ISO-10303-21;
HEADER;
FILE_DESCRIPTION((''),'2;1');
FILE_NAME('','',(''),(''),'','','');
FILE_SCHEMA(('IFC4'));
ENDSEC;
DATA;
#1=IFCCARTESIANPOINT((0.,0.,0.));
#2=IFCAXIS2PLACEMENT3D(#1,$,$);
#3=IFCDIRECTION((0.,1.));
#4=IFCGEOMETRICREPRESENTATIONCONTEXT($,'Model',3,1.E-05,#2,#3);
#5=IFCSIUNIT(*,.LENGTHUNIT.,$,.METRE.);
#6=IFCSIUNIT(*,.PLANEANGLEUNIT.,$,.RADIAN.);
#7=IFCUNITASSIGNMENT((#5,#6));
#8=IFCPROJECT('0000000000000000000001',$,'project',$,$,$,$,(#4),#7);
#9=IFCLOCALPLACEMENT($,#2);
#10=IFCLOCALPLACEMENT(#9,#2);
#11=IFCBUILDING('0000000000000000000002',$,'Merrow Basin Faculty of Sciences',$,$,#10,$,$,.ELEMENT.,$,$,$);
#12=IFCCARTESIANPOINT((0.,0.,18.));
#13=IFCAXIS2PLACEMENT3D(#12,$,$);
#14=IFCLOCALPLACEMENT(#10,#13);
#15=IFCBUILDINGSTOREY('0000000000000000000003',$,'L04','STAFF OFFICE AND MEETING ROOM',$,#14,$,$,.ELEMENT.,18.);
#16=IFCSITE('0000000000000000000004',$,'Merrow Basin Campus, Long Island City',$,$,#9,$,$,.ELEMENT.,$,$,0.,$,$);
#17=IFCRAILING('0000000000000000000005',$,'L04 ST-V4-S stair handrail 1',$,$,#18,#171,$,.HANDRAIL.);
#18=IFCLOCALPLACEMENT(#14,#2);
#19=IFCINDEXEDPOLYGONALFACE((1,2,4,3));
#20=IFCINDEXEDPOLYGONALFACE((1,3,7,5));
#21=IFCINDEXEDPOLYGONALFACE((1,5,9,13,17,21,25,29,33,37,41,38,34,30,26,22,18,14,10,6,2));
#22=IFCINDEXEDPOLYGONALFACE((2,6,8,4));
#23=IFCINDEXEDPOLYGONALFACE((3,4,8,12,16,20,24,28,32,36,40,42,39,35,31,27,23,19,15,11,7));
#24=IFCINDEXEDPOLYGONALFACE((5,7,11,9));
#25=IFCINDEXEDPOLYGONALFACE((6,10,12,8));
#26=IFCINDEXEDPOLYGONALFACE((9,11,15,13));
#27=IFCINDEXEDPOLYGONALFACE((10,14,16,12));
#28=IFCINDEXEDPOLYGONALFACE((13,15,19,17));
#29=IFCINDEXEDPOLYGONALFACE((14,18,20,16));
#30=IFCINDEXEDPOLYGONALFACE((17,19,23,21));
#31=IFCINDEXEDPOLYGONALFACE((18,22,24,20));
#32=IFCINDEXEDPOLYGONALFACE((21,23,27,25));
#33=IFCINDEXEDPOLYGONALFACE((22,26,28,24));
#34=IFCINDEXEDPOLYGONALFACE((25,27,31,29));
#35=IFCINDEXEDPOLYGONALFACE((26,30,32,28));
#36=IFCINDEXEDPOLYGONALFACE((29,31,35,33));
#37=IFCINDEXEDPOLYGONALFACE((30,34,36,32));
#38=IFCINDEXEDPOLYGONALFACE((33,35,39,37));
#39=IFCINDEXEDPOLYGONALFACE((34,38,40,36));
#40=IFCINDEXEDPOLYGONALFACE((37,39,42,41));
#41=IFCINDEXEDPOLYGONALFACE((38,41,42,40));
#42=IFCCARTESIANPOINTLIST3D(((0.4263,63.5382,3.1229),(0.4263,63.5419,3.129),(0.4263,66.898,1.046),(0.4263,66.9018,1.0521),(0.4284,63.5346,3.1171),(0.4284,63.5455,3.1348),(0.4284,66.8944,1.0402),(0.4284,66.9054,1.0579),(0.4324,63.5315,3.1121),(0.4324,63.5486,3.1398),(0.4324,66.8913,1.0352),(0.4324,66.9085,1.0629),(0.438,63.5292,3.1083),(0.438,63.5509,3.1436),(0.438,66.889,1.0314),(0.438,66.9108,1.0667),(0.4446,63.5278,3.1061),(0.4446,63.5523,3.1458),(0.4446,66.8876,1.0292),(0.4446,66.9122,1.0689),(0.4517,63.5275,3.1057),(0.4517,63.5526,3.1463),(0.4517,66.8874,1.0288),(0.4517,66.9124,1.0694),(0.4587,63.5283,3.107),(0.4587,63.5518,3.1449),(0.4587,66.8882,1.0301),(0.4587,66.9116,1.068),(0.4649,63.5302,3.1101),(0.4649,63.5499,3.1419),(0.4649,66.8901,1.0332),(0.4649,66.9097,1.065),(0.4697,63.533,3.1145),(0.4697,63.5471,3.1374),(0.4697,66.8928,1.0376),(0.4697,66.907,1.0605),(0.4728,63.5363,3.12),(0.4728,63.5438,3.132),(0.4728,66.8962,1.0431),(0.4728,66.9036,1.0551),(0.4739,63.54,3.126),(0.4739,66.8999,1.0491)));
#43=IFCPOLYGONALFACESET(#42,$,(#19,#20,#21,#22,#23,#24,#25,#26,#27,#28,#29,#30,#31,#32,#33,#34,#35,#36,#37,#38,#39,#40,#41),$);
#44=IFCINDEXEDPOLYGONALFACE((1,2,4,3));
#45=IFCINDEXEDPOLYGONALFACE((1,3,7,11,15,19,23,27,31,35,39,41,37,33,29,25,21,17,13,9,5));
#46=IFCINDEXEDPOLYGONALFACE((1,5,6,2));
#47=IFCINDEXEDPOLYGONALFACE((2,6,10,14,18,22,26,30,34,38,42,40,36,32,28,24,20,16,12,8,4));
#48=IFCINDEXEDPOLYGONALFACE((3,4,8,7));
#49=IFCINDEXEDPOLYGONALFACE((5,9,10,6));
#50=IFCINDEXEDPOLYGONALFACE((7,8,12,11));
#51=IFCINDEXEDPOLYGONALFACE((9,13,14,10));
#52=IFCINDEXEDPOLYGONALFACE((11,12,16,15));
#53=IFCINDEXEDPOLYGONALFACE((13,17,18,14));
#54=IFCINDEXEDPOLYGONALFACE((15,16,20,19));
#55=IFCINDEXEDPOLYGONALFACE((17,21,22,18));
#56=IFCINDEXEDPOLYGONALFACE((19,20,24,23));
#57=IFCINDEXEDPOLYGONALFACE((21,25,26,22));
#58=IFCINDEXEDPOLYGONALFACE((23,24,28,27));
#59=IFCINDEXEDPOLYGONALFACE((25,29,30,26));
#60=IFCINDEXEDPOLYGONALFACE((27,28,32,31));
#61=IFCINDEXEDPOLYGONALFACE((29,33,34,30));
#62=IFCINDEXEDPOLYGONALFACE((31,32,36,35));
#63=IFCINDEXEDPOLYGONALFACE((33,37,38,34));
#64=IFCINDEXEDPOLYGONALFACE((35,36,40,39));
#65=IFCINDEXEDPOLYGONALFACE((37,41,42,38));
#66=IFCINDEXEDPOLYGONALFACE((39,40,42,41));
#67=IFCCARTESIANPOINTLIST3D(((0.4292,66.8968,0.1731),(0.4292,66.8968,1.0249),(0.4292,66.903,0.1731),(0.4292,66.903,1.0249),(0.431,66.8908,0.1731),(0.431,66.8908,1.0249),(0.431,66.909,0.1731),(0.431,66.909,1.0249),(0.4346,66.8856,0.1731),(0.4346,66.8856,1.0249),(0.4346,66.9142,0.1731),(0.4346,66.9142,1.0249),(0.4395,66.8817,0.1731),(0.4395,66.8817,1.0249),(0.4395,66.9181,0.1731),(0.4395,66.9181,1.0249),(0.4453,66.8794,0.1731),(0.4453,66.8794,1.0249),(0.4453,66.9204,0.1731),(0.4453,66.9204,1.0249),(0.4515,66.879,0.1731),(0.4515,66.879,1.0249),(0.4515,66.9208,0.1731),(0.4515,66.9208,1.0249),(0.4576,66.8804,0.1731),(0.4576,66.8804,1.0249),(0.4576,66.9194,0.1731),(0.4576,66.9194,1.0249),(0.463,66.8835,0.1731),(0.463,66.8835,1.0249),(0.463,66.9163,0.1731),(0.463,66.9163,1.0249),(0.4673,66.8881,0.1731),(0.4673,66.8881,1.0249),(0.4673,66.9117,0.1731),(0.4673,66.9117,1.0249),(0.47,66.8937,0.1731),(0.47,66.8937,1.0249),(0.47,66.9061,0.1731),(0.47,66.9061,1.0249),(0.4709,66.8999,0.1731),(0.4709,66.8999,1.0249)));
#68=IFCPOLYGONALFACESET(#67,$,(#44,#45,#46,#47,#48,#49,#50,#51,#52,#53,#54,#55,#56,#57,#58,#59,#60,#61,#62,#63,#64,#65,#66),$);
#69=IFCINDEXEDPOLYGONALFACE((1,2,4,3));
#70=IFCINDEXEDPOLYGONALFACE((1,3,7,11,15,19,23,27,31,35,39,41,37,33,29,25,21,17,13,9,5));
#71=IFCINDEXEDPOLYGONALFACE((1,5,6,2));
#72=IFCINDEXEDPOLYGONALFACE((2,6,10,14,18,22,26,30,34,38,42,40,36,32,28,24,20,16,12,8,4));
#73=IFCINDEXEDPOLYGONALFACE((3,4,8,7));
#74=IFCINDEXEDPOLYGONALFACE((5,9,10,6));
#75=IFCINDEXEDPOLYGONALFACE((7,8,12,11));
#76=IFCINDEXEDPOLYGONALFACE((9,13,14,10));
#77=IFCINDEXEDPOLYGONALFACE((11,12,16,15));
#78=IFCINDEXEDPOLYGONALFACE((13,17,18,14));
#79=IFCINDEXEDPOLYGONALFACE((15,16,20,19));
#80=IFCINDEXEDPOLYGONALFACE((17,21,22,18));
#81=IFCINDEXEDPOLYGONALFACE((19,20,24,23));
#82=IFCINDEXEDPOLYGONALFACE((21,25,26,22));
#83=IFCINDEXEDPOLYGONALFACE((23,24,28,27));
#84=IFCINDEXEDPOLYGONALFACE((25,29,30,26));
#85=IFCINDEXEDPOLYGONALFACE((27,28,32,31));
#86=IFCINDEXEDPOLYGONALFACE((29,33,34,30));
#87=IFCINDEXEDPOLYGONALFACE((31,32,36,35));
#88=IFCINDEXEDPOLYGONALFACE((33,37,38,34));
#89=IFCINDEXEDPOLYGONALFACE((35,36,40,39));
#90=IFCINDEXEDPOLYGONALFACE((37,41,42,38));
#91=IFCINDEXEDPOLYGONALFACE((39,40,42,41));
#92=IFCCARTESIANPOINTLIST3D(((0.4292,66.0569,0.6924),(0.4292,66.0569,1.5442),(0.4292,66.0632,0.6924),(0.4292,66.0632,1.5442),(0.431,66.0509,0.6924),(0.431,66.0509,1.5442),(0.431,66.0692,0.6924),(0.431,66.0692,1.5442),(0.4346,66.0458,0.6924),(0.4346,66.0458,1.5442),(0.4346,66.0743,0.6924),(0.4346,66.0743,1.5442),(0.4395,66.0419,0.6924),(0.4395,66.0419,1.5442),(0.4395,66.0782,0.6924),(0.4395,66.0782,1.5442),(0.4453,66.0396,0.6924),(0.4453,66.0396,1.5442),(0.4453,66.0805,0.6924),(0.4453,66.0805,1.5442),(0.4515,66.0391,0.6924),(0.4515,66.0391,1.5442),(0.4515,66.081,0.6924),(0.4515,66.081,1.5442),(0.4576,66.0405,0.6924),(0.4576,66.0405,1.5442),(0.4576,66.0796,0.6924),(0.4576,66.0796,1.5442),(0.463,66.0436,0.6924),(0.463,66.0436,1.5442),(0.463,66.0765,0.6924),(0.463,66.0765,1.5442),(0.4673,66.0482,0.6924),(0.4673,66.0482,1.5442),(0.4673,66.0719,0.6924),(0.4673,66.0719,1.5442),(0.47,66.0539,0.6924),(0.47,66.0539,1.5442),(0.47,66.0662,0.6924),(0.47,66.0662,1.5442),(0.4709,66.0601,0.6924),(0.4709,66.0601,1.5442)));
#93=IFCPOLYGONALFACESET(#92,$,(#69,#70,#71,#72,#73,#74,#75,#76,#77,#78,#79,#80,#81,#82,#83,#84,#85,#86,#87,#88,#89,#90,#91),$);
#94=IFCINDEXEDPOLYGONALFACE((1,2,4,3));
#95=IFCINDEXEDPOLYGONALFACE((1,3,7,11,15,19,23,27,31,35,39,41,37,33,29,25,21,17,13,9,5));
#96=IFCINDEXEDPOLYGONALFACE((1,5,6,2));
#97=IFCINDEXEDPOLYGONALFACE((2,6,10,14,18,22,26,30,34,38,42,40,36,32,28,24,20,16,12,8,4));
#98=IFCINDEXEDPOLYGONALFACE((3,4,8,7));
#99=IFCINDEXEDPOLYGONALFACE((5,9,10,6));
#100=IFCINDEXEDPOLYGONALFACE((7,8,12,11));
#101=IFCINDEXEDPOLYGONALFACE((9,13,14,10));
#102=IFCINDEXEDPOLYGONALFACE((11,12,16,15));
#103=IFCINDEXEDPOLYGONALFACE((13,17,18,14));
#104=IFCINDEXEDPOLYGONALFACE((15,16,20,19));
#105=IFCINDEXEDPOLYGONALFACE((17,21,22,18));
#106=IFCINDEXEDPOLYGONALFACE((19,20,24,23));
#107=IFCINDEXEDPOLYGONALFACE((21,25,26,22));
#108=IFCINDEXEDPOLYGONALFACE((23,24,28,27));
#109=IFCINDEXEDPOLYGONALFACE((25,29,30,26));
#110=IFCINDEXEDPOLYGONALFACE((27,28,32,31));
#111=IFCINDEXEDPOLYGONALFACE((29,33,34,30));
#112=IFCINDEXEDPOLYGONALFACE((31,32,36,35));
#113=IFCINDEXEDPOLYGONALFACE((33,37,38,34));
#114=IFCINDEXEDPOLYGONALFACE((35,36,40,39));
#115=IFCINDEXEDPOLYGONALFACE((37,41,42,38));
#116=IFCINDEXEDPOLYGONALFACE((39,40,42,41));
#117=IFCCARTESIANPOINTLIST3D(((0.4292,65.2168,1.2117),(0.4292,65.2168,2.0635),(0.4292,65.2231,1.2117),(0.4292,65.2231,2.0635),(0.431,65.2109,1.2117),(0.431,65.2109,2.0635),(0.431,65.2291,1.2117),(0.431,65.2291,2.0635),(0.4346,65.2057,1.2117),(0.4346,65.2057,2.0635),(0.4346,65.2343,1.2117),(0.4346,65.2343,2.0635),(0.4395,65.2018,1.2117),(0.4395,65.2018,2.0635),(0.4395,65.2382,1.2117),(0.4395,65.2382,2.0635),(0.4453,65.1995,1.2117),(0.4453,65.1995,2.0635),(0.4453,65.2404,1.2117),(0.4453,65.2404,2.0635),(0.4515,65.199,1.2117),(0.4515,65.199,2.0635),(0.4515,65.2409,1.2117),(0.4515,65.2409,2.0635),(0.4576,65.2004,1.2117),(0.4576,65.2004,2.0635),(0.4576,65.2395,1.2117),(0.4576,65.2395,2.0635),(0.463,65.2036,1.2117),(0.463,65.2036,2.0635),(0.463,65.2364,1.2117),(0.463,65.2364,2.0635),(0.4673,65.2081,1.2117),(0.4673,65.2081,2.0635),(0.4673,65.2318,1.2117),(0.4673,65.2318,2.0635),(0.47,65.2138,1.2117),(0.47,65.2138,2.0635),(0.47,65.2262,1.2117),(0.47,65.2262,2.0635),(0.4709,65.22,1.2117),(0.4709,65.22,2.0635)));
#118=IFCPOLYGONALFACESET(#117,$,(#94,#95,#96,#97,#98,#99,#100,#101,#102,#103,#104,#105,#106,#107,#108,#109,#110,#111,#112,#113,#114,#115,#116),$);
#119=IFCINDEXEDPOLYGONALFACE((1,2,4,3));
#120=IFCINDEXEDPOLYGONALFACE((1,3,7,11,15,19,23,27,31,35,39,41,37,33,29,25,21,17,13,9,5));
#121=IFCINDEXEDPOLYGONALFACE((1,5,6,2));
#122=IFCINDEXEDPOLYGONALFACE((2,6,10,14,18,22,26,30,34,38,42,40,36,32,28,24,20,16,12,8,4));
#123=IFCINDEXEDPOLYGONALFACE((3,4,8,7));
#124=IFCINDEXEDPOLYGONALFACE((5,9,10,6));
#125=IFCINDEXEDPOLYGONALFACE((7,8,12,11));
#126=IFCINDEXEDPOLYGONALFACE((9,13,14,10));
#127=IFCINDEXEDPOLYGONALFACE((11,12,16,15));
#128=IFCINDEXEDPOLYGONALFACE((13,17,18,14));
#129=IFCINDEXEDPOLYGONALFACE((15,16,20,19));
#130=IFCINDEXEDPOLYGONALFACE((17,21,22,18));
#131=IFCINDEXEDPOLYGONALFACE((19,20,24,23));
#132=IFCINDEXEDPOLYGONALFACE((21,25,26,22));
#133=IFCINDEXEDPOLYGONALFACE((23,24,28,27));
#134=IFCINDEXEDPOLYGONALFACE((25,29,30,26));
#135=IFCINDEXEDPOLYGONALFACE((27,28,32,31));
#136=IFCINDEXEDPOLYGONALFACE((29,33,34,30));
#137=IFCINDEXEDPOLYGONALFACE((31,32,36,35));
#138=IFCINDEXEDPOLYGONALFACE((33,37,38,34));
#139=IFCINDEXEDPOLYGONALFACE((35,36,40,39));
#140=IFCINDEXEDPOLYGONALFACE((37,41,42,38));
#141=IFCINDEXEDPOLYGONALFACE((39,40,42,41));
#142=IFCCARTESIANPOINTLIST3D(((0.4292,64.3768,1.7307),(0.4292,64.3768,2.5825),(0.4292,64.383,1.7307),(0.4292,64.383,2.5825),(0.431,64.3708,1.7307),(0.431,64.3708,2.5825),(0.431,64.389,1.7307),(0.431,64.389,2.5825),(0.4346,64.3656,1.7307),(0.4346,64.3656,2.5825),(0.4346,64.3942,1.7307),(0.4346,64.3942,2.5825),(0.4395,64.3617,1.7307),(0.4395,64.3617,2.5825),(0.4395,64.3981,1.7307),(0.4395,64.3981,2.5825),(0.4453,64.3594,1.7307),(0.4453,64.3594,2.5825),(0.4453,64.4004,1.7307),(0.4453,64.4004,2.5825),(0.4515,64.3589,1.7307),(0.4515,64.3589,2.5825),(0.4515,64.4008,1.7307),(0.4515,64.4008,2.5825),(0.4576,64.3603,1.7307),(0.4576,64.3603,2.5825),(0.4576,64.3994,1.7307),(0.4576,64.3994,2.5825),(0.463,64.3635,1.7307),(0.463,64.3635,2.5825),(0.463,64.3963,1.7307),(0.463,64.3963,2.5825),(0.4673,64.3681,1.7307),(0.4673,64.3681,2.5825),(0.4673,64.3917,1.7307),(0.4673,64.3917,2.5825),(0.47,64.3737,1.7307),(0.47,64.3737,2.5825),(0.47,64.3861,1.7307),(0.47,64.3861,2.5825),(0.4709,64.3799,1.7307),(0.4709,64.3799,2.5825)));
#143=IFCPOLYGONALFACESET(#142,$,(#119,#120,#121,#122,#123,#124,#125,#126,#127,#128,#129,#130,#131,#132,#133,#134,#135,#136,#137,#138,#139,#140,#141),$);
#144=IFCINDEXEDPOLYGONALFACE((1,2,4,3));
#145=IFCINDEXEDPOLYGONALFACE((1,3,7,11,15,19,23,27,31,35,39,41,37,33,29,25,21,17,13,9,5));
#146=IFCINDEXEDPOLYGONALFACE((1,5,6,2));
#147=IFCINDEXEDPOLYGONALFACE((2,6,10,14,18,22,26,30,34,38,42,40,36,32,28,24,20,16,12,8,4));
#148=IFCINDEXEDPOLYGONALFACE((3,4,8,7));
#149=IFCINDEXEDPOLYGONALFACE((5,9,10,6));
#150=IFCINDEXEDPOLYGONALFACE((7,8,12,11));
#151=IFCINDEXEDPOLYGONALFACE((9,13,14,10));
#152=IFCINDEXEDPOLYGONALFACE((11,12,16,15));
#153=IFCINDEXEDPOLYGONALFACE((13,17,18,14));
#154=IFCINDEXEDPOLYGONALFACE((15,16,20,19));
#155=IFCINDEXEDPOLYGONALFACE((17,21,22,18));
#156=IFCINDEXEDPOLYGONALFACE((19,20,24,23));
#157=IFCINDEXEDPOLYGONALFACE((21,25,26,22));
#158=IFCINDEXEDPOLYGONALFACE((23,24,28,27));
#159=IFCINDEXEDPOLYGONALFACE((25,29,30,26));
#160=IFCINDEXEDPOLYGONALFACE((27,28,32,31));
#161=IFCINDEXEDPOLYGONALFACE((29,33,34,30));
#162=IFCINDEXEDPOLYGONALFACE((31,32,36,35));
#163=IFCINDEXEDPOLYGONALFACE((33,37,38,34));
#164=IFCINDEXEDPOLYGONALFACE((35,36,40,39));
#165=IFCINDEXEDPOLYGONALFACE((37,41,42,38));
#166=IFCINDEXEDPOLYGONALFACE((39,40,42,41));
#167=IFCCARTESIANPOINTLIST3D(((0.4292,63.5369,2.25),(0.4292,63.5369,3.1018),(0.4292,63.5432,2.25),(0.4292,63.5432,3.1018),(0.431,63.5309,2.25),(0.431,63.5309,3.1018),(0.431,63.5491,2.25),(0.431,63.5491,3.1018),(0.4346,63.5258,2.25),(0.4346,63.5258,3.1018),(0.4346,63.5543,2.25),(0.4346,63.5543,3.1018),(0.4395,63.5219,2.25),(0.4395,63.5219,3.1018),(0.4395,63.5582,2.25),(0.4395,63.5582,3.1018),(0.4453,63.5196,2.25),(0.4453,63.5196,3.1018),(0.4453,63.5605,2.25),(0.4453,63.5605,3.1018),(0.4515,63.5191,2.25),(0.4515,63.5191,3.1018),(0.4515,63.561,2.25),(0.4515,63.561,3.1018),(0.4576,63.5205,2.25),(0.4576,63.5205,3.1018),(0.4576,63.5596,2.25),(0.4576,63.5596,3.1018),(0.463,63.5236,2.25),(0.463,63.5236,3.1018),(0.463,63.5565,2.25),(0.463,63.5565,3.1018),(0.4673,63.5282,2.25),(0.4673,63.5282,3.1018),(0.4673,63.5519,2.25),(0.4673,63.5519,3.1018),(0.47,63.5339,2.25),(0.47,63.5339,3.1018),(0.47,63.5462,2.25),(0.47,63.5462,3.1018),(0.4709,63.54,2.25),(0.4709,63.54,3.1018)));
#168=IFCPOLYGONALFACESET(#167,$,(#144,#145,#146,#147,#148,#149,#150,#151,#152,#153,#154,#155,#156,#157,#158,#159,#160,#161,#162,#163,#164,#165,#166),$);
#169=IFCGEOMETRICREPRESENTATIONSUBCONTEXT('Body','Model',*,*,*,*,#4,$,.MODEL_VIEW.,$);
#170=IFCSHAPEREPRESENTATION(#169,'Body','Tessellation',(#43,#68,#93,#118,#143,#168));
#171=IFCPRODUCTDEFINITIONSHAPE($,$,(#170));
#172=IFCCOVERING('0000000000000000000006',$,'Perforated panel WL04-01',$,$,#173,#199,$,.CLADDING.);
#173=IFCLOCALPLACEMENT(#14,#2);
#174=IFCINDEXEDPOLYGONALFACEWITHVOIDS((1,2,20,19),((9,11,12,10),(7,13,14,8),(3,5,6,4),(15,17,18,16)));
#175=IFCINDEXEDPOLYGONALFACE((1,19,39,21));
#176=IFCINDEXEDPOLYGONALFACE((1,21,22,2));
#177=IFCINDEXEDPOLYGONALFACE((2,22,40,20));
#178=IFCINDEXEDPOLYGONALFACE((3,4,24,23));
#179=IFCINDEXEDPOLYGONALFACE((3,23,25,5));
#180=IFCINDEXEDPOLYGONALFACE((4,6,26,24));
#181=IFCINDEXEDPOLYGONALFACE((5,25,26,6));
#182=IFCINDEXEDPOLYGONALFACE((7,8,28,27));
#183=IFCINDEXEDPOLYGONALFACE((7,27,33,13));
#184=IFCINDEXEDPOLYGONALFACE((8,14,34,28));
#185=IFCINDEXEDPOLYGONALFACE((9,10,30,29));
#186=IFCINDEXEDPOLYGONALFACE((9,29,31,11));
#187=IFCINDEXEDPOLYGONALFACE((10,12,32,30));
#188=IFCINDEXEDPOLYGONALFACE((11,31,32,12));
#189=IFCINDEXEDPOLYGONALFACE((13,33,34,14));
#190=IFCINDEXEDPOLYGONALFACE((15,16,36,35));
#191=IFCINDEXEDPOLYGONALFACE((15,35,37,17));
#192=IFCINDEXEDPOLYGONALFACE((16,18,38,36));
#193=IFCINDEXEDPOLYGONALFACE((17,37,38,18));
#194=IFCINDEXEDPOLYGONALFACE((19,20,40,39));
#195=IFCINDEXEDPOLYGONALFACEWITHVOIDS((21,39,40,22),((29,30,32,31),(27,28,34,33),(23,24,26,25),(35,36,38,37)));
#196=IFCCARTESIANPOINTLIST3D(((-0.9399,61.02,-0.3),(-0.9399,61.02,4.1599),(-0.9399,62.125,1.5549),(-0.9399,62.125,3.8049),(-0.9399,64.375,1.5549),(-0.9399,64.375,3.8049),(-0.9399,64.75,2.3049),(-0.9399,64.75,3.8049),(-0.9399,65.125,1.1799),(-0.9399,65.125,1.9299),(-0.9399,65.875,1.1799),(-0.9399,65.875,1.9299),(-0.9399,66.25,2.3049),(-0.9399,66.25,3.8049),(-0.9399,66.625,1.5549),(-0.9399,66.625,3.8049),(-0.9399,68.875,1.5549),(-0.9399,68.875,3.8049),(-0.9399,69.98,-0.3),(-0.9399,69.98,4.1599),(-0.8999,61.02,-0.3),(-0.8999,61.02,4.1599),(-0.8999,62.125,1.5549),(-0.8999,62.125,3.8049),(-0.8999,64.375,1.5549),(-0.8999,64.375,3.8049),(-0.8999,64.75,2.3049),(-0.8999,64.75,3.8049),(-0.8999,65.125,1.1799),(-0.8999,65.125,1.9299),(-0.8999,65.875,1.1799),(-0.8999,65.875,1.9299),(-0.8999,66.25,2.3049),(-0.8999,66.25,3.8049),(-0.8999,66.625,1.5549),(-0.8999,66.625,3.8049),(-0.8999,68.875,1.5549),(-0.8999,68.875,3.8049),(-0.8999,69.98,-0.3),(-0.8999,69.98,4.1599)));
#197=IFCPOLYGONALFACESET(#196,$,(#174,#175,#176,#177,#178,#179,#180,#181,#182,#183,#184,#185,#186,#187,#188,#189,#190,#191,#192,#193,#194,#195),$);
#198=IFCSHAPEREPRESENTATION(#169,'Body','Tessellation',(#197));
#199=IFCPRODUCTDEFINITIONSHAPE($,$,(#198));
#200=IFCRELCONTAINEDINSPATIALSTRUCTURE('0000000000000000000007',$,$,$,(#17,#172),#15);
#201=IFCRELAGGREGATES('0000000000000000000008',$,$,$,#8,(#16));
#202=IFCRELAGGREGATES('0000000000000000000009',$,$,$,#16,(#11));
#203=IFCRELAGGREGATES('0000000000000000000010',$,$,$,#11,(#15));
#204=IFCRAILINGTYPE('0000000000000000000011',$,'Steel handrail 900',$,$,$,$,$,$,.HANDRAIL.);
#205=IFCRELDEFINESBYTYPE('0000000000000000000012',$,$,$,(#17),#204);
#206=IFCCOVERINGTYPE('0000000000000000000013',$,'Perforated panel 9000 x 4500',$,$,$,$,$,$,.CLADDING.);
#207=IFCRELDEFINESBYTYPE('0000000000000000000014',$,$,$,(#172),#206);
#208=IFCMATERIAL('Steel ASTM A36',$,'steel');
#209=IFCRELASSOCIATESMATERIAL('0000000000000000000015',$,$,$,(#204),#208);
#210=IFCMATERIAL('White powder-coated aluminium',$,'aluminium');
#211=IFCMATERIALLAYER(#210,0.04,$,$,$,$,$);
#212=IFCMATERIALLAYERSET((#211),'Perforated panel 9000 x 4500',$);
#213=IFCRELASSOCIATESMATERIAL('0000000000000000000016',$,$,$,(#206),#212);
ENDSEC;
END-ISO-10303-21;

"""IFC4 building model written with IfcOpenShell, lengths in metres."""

from ifc_helpers import new_model, si_unit, direction, frame, origin, origin_2d, place, context, subcontext, project, spatial, polyline, circle, outline, extrude, source, transform, mapped, material, layer, layer_set, type_object, element, save


model = new_model("IFC4")

# Units and contexts
model_context = context("Model", 3, precision=1e-05, world=origin(), true_north=direction((0.0, 1.0)))
body_context = subcontext(model_context, "Body", "Model", "MODEL_VIEW")
ifc_project = project(units=[si_unit("LENGTHUNIT", "METRE"), si_unit("PLANEANGLEUNIT", "RADIAN")], contexts=[model_context])

# Site, building, storey
site_placement = place(None, origin())
site = spatial("IfcSite", under=ifc_project, at=site_placement, Name="Merrow Basin Campus, Long Island City", CompositionType="ELEMENT", RefElevation=0.0)
building_placement = place(site_placement, origin())
building = spatial("IfcBuilding", under=site, at=building_placement, Name="Merrow Basin Faculty of Sciences", CompositionType="ELEMENT")
storey_placement = place(building_placement, frame((0.0, 0.0, 18.0)))
storey = spatial("IfcBuildingStorey", under=building, at=storey_placement, Name="L04", Description="STAFF OFFICE AND MEETING ROOM", CompositionType="ELEMENT", Elevation=18.0)

# Railing
ifc_material_1 = material(Name="Steel ASTM A36", Category="steel")
railing_type_1 = type_object("IfcRailingType", Name="Steel handrail 900", PredefinedType="HANDRAIL", material=ifc_material_1)
railing_1_placement = place(storey_placement, frame((0.45, 66.8999, 0.1731)))
element("IfcRailing", 1, at=railing_1_placement, inside=storey, type_object=railing_type_1, Name="L04 ST-V4-S stair handrail 1", PredefinedType="HANDRAIL", context=body_context, shape_type="SweptSolid", body=[
    extrude(circle(Radius=0.0239, at=origin_2d()), frame((0.0, 0.0, 0.876), z_axis=(0.0, -0.850606, 0.525803), x_axis=(1.0, 0.0, 0.0)), (0.0, 0.0, 1.0), 3.95),
    extrude(circle(Radius=0.021, at=origin_2d()), origin(), (0.0, 0.0, 1.0), 0.8518),
    extrude(circle(Radius=0.021, at=origin_2d()), frame((0.0, -0.8398, 0.5193)), (0.0, 0.0, 1.0), 0.8518),
    extrude(circle(Radius=0.021, at=origin_2d()), frame((0.0, -1.6799, 1.0386)), (0.0, 0.0, 1.0), 0.8518),
    extrude(circle(Radius=0.021, at=origin_2d()), frame((0.0, -2.52, 1.5576)), (0.0, 0.0, 1.0), 0.8518),
    extrude(circle(Radius=0.021, at=origin_2d()), frame((0.0, -3.3599, 2.0769)), (0.0, 0.0, 1.0), 0.8518),
])

# Covering
ifc_material_2 = material(Name="White powder-coated aluminium", Category="aluminium")
ifc_layer_1 = layer(ifc_material_2, 0.04)
ifc_layer_set_1 = layer_set([ifc_layer_1], Name="Perforated panel 9000 x 4500")
covering_type_1 = type_object("IfcCoveringType", Name="Perforated panel 9000 x 4500", PredefinedType="CLADDING", material=ifc_layer_set_1)
shared_shape_1 = source(origin(), body_context, "Body", "SweptSolid", [
    extrude(outline(polyline([(0.02, 0.02), (8.98, 0.02), (8.98, 4.48), (0.02, 4.48), (0.02, 0.02)]), holes=[polyline([(4.125, 1.5), (4.875, 1.5), (4.875, 2.25), (4.125, 2.25), (4.125, 1.5)]), polyline([(1.125, 1.875), (3.375, 1.875), (3.375, 4.125), (1.125, 4.125), (1.125, 1.875)]), polyline([(5.625, 1.875), (7.875, 1.875), (7.875, 4.125), (5.625, 4.125), (5.625, 1.875)]), polyline([(3.75, 2.625), (5.25, 2.625), (5.25, 4.125), (3.75, 4.125), (3.75, 2.625)])]), origin(), (0.0, 0.0, 1.0), 0.04),
])
covering_1_placement = place(storey_placement, frame((-0.9399, 61.0, -0.3201), z_axis=(1.0, 0.0, 0.0), x_axis=(0.0, 1.0, 0.0)))
element("IfcCovering", 2, at=covering_1_placement, inside=storey, type_object=covering_type_1, Name="Perforated panel WL04-01", PredefinedType="CLADDING", context=body_context, shape_type="MappedRepresentation", body=[
    mapped(shared_shape_1, transform((0.0, 0.0, 0.0), scale=1.0)),
])

save(model, "model.ifc")
